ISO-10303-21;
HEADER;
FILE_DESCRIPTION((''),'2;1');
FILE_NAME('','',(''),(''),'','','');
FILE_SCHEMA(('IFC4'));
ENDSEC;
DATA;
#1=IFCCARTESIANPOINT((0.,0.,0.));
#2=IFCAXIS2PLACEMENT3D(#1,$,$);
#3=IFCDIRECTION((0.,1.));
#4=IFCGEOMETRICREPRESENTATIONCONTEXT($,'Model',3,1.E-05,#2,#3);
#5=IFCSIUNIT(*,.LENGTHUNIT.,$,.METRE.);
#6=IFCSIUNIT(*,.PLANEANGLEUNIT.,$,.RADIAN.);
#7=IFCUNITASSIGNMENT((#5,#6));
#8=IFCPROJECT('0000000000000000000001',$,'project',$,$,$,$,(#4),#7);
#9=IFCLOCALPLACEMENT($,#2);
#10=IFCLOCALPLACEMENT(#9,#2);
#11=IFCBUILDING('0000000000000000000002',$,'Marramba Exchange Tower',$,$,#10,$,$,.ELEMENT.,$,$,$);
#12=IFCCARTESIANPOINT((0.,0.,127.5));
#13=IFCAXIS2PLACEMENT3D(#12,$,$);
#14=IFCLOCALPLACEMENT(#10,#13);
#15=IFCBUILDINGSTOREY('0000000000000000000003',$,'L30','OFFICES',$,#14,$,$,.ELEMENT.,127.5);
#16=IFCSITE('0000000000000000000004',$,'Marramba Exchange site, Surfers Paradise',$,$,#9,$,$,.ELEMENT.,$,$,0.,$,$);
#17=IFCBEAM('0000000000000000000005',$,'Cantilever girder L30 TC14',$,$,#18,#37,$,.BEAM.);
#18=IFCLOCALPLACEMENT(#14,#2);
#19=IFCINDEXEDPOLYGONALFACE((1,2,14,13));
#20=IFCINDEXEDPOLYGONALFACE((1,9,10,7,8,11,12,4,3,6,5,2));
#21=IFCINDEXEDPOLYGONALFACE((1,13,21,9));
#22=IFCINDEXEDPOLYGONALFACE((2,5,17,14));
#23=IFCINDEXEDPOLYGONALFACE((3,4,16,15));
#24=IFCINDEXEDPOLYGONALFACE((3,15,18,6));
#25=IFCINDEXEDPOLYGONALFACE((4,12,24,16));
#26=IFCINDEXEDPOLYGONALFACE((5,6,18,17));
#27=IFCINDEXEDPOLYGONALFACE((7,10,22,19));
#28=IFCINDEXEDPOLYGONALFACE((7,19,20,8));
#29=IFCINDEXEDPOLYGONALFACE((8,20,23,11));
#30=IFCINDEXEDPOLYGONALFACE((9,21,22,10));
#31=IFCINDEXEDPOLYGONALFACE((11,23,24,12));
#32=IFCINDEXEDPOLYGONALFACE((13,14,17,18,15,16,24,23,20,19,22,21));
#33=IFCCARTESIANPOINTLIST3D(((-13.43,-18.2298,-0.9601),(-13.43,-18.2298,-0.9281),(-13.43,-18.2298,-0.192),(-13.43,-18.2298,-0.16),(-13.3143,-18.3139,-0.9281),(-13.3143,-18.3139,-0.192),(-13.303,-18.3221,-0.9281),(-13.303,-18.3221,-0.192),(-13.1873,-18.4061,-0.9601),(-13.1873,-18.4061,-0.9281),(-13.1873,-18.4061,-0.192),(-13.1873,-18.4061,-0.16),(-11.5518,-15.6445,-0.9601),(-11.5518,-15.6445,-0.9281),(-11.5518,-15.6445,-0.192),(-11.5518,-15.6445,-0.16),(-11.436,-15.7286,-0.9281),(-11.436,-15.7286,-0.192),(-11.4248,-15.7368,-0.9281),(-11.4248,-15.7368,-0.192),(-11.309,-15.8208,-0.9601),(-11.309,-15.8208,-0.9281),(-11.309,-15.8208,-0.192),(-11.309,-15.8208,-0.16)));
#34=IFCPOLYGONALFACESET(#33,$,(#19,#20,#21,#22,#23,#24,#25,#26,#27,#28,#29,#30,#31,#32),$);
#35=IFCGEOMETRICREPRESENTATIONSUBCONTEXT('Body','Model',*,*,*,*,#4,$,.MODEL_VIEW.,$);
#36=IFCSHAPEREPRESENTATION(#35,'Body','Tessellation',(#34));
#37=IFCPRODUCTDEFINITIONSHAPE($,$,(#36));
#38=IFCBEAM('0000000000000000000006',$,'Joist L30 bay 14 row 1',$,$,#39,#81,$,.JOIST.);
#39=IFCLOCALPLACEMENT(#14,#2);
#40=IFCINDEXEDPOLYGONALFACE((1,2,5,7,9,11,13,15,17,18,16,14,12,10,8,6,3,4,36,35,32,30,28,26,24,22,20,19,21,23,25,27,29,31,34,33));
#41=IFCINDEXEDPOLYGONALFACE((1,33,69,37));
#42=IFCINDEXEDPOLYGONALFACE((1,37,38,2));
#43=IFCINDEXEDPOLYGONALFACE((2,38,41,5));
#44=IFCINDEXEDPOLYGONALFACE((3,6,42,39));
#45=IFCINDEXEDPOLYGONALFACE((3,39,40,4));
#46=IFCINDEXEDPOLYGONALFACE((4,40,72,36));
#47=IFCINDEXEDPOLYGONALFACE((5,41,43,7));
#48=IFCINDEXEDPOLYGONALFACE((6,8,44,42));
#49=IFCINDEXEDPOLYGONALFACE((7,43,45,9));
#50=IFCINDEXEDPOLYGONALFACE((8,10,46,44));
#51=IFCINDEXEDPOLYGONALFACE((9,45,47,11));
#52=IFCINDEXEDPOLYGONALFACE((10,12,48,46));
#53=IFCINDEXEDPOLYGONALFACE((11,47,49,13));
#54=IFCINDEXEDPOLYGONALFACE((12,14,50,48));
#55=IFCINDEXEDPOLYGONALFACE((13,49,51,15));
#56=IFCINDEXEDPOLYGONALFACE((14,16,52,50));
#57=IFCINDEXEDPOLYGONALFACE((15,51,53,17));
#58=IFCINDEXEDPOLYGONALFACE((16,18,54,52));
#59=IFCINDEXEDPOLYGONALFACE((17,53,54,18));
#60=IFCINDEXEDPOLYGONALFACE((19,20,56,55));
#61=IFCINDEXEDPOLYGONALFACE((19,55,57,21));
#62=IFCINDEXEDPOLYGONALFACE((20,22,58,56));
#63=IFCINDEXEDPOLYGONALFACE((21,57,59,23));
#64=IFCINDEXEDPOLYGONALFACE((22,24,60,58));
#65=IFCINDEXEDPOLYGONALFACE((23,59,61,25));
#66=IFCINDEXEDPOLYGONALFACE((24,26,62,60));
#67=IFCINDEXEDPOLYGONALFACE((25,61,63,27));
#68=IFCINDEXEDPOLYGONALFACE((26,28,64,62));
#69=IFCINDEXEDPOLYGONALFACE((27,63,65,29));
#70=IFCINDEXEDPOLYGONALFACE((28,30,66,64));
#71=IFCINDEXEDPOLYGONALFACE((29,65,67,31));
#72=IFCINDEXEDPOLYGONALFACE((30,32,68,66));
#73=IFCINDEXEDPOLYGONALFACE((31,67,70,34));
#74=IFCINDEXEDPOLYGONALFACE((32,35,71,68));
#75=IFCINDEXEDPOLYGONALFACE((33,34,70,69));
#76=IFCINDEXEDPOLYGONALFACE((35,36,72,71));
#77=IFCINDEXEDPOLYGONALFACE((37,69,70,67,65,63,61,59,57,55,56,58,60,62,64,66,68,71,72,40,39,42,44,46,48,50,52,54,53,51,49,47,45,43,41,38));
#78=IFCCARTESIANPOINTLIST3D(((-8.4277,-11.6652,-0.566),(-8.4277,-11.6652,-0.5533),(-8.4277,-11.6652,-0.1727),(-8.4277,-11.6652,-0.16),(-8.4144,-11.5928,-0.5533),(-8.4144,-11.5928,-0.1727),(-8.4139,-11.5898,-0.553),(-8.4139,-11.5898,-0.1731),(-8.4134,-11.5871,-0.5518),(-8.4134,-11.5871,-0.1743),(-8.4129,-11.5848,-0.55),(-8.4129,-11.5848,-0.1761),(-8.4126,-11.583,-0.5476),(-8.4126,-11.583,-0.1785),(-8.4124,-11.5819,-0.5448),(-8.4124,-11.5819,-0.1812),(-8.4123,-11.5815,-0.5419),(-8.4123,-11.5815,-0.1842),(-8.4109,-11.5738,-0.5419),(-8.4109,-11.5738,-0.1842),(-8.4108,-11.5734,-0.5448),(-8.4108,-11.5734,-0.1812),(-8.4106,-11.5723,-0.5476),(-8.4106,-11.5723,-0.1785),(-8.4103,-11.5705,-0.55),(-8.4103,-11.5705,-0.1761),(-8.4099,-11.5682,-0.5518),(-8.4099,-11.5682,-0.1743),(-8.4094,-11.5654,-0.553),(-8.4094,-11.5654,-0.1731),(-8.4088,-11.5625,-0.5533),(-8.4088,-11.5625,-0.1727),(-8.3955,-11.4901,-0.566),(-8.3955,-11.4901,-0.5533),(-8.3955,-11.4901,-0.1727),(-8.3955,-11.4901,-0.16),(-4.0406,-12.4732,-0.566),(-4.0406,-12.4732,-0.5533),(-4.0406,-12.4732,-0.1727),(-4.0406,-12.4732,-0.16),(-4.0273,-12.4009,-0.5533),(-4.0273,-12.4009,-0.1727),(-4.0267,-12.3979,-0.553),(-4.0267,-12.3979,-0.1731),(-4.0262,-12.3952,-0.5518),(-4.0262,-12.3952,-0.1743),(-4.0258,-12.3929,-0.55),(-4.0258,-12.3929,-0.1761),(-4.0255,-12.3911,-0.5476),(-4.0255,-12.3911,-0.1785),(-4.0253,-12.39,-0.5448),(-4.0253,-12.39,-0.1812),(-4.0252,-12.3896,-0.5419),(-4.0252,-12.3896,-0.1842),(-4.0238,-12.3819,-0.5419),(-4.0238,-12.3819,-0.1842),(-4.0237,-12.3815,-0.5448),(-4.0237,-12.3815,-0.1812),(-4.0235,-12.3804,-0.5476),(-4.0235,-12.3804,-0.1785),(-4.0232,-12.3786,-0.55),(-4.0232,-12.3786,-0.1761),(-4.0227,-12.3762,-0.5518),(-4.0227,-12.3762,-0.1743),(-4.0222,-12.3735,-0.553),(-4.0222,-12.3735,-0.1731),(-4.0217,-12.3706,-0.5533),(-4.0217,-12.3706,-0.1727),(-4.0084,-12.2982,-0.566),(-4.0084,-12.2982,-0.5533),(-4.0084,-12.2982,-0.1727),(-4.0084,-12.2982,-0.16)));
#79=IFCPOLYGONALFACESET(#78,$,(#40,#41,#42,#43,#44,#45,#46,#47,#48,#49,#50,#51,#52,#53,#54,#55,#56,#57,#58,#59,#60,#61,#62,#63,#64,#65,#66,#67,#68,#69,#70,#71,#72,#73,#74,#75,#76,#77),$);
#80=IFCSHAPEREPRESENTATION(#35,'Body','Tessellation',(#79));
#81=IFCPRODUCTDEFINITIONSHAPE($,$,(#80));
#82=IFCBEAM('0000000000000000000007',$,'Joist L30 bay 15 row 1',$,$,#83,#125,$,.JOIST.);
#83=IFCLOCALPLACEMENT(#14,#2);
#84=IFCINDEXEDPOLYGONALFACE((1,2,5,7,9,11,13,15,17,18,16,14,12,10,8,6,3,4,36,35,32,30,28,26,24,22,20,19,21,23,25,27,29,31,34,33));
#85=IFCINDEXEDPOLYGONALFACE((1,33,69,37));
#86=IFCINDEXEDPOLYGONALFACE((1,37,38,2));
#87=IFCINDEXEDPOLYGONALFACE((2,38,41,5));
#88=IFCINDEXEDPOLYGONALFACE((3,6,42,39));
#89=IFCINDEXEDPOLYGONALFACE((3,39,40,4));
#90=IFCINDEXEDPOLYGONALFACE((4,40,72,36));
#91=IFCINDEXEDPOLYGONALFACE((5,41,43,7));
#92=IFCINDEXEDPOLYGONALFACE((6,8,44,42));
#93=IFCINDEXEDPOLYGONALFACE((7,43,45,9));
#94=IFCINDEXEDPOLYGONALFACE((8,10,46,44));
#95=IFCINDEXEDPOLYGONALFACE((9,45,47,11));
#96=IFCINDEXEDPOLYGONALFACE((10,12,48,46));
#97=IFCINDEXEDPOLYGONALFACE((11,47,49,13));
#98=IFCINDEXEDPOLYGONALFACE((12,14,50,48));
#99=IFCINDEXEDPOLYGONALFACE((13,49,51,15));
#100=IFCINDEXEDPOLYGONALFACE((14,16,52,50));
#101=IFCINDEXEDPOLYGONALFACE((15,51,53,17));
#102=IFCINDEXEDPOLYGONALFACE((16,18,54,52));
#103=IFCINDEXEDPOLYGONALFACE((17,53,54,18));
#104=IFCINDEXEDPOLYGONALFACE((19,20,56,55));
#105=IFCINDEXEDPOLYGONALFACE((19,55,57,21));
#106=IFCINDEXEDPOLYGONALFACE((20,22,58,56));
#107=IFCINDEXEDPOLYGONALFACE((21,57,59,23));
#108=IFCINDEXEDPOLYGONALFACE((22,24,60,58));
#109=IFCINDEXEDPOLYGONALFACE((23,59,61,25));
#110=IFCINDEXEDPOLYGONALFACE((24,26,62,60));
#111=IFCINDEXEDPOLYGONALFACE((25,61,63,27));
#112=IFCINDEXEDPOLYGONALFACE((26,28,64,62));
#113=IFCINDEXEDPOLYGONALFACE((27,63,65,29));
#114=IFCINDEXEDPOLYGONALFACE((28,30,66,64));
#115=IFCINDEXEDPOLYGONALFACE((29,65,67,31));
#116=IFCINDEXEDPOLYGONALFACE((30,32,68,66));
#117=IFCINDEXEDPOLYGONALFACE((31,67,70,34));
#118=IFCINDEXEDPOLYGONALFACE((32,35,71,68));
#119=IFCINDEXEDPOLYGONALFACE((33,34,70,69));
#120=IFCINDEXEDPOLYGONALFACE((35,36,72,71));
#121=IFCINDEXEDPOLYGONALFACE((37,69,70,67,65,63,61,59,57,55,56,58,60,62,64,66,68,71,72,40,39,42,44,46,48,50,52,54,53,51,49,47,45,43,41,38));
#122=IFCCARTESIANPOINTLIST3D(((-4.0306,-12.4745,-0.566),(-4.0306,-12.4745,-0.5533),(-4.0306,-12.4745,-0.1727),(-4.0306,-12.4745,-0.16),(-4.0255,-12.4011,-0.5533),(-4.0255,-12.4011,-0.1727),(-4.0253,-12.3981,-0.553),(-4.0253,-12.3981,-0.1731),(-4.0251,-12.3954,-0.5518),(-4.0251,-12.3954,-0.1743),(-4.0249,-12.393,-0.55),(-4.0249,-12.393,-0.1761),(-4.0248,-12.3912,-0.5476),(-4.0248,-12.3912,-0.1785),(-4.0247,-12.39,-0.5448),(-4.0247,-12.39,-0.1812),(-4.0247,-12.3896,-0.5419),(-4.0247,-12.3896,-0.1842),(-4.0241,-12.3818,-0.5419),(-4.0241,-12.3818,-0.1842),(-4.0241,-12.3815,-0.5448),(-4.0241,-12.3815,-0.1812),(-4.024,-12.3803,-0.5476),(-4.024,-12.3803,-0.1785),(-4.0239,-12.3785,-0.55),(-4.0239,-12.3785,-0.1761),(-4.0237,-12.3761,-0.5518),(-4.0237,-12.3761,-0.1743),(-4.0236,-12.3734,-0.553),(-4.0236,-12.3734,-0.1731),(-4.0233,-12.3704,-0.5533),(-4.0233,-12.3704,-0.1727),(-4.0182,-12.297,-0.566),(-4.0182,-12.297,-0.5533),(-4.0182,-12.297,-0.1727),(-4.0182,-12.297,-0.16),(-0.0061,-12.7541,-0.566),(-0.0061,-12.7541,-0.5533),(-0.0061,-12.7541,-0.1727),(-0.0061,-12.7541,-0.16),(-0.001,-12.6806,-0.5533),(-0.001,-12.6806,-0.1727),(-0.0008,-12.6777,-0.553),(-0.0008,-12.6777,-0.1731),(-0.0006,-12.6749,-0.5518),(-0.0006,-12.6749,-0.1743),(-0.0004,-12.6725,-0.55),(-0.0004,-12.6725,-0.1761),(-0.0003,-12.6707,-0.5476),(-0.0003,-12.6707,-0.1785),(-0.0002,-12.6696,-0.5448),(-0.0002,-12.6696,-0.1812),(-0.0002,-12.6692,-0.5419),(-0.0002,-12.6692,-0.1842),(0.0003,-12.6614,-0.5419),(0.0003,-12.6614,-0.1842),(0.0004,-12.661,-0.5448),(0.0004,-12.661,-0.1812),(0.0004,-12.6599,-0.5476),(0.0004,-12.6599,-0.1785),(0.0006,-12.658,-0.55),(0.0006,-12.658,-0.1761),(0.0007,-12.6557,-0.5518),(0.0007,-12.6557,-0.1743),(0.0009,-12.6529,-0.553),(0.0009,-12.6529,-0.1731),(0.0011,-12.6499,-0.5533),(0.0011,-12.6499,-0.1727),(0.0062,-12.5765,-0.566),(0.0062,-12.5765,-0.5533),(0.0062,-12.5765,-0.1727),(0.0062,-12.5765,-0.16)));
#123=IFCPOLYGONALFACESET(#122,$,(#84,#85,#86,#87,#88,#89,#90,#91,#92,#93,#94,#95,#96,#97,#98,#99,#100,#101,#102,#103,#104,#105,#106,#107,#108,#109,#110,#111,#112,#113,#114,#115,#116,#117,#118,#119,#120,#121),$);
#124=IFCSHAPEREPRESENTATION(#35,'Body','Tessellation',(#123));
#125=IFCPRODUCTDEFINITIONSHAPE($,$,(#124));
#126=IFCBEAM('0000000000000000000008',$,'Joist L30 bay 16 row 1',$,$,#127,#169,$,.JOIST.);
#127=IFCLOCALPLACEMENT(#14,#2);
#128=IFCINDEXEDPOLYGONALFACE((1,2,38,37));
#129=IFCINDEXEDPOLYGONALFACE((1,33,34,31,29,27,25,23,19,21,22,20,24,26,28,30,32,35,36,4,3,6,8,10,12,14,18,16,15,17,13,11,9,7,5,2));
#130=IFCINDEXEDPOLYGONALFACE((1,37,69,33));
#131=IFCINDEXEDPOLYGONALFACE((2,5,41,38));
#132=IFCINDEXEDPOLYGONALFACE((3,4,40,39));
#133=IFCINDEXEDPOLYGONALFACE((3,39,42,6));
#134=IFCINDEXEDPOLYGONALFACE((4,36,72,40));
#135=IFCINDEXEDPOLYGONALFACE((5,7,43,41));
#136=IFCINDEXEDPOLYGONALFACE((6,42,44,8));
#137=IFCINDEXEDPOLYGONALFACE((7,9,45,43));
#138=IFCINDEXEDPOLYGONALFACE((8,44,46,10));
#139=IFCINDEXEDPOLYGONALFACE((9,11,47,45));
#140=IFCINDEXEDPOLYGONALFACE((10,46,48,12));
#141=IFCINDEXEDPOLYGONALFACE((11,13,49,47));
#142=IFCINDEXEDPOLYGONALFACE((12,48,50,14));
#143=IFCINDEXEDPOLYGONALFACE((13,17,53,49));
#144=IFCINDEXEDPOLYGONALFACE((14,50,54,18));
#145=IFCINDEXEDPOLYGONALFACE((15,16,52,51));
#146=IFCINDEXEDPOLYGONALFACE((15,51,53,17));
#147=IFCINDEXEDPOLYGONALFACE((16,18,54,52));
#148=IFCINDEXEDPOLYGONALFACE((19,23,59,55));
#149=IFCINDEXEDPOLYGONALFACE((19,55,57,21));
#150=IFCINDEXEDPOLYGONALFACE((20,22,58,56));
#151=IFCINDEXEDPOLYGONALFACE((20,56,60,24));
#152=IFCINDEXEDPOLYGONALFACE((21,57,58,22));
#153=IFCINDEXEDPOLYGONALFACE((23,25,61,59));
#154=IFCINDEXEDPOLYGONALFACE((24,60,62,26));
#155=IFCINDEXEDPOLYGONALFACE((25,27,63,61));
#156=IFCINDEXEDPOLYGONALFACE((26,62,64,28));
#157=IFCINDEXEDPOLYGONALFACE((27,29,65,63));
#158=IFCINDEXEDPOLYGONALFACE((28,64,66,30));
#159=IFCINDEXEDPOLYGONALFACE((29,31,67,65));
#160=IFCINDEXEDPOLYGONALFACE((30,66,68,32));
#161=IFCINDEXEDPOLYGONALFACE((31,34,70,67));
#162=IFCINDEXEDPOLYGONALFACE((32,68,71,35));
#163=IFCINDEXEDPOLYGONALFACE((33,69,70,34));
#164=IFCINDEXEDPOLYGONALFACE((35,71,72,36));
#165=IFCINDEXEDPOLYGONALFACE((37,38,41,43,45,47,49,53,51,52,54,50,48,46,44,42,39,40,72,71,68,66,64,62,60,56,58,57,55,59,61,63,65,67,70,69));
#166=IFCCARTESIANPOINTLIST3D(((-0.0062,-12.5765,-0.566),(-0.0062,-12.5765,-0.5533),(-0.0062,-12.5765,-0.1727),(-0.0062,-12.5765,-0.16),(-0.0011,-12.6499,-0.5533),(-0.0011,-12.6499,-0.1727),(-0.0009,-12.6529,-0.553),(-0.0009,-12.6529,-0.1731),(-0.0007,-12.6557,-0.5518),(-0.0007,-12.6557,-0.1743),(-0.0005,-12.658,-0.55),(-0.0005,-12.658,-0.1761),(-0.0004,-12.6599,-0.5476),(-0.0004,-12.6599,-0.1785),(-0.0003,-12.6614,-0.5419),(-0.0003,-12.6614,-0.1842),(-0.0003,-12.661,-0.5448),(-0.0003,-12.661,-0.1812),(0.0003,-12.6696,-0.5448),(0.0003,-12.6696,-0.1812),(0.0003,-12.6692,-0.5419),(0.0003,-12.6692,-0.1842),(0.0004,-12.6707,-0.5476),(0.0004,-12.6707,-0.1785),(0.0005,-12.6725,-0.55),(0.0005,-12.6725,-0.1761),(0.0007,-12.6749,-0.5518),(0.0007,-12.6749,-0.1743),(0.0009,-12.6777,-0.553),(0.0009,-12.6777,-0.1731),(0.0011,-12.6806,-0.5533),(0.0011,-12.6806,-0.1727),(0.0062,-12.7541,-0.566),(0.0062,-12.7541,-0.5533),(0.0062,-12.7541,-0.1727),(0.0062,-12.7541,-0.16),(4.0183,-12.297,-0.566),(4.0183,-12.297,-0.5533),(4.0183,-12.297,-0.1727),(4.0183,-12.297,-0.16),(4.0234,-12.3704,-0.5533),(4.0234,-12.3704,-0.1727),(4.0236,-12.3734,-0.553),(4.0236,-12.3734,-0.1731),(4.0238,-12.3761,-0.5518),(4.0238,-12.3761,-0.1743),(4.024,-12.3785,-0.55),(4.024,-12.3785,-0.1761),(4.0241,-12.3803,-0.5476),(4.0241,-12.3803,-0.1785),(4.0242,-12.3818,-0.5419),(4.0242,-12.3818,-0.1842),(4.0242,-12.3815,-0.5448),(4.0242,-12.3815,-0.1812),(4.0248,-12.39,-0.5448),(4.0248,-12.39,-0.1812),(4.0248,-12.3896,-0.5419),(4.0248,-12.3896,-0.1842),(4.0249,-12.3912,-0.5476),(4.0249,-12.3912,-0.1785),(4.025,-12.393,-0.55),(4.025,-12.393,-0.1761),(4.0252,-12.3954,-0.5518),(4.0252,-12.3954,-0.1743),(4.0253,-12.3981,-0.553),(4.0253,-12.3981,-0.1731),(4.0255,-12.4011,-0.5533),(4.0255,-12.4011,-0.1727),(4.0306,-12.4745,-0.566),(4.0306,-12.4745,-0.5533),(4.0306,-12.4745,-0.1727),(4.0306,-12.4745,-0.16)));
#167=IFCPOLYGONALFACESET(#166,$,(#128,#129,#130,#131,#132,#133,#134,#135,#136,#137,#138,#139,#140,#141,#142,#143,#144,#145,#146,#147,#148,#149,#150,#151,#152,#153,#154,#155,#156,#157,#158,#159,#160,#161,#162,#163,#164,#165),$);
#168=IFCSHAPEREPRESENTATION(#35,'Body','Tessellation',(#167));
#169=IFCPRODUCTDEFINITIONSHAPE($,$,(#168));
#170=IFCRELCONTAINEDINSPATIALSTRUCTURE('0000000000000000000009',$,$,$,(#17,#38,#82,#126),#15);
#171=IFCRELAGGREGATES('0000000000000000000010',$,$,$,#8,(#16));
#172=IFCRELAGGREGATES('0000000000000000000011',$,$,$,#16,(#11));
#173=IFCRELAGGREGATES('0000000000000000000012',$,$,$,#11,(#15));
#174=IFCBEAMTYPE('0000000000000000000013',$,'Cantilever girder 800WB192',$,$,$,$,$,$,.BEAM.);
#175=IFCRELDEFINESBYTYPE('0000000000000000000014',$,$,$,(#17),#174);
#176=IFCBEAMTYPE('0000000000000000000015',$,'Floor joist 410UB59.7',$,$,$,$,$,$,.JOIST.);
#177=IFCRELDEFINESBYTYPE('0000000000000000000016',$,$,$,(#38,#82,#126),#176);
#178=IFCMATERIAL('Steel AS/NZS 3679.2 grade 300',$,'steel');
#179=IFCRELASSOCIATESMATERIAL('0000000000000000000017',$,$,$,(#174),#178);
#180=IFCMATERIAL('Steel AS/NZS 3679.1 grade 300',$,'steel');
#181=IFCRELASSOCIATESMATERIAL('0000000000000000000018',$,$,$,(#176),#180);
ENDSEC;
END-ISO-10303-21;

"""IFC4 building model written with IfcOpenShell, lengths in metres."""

from ifc_helpers import new_model, si_unit, direction, frame, origin, origin_2d, place, context, subcontext, project, spatial, i_section, extrude, material, material_profile, profile_set, type_object, element, save


model = new_model("IFC4")

# Units and contexts
model_context = context("Model", 3, precision=1e-05, world=origin(), true_north=direction((0.0, 1.0)))
body_context = subcontext(model_context, "Body", "Model", "MODEL_VIEW")
ifc_project = project(units=[si_unit("LENGTHUNIT", "METRE"), si_unit("PLANEANGLEUNIT", "RADIAN")], contexts=[model_context])

# Site, building, storey
site_placement = place(None, origin())
site = spatial("IfcSite", under=ifc_project, at=site_placement, Name="Marramba Exchange site, Surfers Paradise", CompositionType="ELEMENT", RefElevation=0.0)
building_placement = place(site_placement, origin())
building = spatial("IfcBuilding", under=site, at=building_placement, Name="Marramba Exchange Tower", CompositionType="ELEMENT")
storey_placement = place(building_placement, frame((0.0, 0.0, 127.5)))
storey = spatial("IfcBuildingStorey", under=building, at=storey_placement, Name="L30", Description="OFFICES", CompositionType="ELEMENT", Elevation=127.5)

# Beams
ifc_material_1 = material(Name="Steel AS/NZS 3679.2 grade 300", Category="steel")
ifc_material_profile_1 = material_profile(ifc_material_1, i_section(OverallWidth=0.3, OverallDepth=0.8, WebThickness=0.0139, FlangeThickness=0.032, at=origin_2d()), Name="800WB192")
ifc_profile_set_1 = profile_set([ifc_material_profile_1], Name="Steel AS/NZS 3679.2 grade 300")
beam_type_1 = type_object("IfcBeamType", Name="Cantilever girder 800WB192", PredefinedType="BEAM", material=ifc_profile_set_1)
beam_1_placement = place(storey_placement, frame((-11.4304, -15.7327, -0.5601), z_axis=(-0.587767, -0.80903, 0.0), x_axis=(0.80903, -0.587767, 0.0)))
element("IfcBeam", 1, at=beam_1_placement, inside=storey, type_object=beam_type_1, Name="Cantilever girder L30 TC14", PredefinedType="BEAM", context=body_context, shape_type="SweptSolid", body=[
    extrude(i_section(OverallWidth=0.3, OverallDepth=0.8, WebThickness=0.0139, FlangeThickness=0.032, at=origin_2d()), origin(), (0.0, 0.0, 1.0), 3.1956),
])
ifc_material_2 = material(Name="Steel AS/NZS 3679.1 grade 300", Category="steel")
ifc_material_profile_2 = material_profile(ifc_material_2, i_section(OverallWidth=0.178, OverallDepth=0.406, WebThickness=0.0078, FlangeThickness=0.0127, FilletRadius=0.0115, at=origin_2d()), Name="410UB59.7")
ifc_profile_set_2 = profile_set([ifc_material_profile_2], Name="Steel AS/NZS 3679.1 grade 300")
beam_type_2 = type_object("IfcBeamType", Name="Floor joist 410UB59.7", PredefinedType="JOIST", material=ifc_profile_set_2)
beam_2_placement = place(storey_placement, frame((-8.4116, -11.5776, -0.363), z_axis=(0.983456, -0.181149, 0.0), x_axis=(0.181149, 0.983456, 0.0)))
element("IfcBeam", 2, at=beam_2_placement, inside=storey, type_object=beam_type_2, Name="Joist L30 bay 14 row 1", PredefinedType="JOIST", context=body_context, shape_type="SweptSolid", body=[
    extrude(i_section(OverallWidth=0.178, OverallDepth=0.406, WebThickness=0.0078, FlangeThickness=0.0127, FilletRadius=0.0115, at=origin_2d()), origin(), (0.0, 0.0, 1.0), 4.4609),
])
for number, where, z_axis, x_axis, name in (
    (3, (-4.0244, -12.3857, -0.363), (0.997596, -0.069294, 0.0), (0.069294, 0.997596, 0.0), "Joist L30 bay 15 row 1"),
    (4, (0.0, -12.6653, -0.363), (0.997596, 0.069294, 0.0), (-0.069294, 0.997596, 0.0), "Joist L30 bay 16 row 1"),
):
    element("IfcBeam", number, at=place(storey_placement, frame(where, z_axis=z_axis, x_axis=x_axis)), inside=storey, type_object=beam_type_2, Name=name, PredefinedType="JOIST", context=body_context, shape_type="SweptSolid", body=[
        extrude(i_section(OverallWidth=0.178, OverallDepth=0.406, WebThickness=0.0078, FlangeThickness=0.0127, FilletRadius=0.0115, at=origin_2d()), origin(), (0.0, 0.0, 1.0), 4.0342),
    ])

save(model, "model.ifc")
